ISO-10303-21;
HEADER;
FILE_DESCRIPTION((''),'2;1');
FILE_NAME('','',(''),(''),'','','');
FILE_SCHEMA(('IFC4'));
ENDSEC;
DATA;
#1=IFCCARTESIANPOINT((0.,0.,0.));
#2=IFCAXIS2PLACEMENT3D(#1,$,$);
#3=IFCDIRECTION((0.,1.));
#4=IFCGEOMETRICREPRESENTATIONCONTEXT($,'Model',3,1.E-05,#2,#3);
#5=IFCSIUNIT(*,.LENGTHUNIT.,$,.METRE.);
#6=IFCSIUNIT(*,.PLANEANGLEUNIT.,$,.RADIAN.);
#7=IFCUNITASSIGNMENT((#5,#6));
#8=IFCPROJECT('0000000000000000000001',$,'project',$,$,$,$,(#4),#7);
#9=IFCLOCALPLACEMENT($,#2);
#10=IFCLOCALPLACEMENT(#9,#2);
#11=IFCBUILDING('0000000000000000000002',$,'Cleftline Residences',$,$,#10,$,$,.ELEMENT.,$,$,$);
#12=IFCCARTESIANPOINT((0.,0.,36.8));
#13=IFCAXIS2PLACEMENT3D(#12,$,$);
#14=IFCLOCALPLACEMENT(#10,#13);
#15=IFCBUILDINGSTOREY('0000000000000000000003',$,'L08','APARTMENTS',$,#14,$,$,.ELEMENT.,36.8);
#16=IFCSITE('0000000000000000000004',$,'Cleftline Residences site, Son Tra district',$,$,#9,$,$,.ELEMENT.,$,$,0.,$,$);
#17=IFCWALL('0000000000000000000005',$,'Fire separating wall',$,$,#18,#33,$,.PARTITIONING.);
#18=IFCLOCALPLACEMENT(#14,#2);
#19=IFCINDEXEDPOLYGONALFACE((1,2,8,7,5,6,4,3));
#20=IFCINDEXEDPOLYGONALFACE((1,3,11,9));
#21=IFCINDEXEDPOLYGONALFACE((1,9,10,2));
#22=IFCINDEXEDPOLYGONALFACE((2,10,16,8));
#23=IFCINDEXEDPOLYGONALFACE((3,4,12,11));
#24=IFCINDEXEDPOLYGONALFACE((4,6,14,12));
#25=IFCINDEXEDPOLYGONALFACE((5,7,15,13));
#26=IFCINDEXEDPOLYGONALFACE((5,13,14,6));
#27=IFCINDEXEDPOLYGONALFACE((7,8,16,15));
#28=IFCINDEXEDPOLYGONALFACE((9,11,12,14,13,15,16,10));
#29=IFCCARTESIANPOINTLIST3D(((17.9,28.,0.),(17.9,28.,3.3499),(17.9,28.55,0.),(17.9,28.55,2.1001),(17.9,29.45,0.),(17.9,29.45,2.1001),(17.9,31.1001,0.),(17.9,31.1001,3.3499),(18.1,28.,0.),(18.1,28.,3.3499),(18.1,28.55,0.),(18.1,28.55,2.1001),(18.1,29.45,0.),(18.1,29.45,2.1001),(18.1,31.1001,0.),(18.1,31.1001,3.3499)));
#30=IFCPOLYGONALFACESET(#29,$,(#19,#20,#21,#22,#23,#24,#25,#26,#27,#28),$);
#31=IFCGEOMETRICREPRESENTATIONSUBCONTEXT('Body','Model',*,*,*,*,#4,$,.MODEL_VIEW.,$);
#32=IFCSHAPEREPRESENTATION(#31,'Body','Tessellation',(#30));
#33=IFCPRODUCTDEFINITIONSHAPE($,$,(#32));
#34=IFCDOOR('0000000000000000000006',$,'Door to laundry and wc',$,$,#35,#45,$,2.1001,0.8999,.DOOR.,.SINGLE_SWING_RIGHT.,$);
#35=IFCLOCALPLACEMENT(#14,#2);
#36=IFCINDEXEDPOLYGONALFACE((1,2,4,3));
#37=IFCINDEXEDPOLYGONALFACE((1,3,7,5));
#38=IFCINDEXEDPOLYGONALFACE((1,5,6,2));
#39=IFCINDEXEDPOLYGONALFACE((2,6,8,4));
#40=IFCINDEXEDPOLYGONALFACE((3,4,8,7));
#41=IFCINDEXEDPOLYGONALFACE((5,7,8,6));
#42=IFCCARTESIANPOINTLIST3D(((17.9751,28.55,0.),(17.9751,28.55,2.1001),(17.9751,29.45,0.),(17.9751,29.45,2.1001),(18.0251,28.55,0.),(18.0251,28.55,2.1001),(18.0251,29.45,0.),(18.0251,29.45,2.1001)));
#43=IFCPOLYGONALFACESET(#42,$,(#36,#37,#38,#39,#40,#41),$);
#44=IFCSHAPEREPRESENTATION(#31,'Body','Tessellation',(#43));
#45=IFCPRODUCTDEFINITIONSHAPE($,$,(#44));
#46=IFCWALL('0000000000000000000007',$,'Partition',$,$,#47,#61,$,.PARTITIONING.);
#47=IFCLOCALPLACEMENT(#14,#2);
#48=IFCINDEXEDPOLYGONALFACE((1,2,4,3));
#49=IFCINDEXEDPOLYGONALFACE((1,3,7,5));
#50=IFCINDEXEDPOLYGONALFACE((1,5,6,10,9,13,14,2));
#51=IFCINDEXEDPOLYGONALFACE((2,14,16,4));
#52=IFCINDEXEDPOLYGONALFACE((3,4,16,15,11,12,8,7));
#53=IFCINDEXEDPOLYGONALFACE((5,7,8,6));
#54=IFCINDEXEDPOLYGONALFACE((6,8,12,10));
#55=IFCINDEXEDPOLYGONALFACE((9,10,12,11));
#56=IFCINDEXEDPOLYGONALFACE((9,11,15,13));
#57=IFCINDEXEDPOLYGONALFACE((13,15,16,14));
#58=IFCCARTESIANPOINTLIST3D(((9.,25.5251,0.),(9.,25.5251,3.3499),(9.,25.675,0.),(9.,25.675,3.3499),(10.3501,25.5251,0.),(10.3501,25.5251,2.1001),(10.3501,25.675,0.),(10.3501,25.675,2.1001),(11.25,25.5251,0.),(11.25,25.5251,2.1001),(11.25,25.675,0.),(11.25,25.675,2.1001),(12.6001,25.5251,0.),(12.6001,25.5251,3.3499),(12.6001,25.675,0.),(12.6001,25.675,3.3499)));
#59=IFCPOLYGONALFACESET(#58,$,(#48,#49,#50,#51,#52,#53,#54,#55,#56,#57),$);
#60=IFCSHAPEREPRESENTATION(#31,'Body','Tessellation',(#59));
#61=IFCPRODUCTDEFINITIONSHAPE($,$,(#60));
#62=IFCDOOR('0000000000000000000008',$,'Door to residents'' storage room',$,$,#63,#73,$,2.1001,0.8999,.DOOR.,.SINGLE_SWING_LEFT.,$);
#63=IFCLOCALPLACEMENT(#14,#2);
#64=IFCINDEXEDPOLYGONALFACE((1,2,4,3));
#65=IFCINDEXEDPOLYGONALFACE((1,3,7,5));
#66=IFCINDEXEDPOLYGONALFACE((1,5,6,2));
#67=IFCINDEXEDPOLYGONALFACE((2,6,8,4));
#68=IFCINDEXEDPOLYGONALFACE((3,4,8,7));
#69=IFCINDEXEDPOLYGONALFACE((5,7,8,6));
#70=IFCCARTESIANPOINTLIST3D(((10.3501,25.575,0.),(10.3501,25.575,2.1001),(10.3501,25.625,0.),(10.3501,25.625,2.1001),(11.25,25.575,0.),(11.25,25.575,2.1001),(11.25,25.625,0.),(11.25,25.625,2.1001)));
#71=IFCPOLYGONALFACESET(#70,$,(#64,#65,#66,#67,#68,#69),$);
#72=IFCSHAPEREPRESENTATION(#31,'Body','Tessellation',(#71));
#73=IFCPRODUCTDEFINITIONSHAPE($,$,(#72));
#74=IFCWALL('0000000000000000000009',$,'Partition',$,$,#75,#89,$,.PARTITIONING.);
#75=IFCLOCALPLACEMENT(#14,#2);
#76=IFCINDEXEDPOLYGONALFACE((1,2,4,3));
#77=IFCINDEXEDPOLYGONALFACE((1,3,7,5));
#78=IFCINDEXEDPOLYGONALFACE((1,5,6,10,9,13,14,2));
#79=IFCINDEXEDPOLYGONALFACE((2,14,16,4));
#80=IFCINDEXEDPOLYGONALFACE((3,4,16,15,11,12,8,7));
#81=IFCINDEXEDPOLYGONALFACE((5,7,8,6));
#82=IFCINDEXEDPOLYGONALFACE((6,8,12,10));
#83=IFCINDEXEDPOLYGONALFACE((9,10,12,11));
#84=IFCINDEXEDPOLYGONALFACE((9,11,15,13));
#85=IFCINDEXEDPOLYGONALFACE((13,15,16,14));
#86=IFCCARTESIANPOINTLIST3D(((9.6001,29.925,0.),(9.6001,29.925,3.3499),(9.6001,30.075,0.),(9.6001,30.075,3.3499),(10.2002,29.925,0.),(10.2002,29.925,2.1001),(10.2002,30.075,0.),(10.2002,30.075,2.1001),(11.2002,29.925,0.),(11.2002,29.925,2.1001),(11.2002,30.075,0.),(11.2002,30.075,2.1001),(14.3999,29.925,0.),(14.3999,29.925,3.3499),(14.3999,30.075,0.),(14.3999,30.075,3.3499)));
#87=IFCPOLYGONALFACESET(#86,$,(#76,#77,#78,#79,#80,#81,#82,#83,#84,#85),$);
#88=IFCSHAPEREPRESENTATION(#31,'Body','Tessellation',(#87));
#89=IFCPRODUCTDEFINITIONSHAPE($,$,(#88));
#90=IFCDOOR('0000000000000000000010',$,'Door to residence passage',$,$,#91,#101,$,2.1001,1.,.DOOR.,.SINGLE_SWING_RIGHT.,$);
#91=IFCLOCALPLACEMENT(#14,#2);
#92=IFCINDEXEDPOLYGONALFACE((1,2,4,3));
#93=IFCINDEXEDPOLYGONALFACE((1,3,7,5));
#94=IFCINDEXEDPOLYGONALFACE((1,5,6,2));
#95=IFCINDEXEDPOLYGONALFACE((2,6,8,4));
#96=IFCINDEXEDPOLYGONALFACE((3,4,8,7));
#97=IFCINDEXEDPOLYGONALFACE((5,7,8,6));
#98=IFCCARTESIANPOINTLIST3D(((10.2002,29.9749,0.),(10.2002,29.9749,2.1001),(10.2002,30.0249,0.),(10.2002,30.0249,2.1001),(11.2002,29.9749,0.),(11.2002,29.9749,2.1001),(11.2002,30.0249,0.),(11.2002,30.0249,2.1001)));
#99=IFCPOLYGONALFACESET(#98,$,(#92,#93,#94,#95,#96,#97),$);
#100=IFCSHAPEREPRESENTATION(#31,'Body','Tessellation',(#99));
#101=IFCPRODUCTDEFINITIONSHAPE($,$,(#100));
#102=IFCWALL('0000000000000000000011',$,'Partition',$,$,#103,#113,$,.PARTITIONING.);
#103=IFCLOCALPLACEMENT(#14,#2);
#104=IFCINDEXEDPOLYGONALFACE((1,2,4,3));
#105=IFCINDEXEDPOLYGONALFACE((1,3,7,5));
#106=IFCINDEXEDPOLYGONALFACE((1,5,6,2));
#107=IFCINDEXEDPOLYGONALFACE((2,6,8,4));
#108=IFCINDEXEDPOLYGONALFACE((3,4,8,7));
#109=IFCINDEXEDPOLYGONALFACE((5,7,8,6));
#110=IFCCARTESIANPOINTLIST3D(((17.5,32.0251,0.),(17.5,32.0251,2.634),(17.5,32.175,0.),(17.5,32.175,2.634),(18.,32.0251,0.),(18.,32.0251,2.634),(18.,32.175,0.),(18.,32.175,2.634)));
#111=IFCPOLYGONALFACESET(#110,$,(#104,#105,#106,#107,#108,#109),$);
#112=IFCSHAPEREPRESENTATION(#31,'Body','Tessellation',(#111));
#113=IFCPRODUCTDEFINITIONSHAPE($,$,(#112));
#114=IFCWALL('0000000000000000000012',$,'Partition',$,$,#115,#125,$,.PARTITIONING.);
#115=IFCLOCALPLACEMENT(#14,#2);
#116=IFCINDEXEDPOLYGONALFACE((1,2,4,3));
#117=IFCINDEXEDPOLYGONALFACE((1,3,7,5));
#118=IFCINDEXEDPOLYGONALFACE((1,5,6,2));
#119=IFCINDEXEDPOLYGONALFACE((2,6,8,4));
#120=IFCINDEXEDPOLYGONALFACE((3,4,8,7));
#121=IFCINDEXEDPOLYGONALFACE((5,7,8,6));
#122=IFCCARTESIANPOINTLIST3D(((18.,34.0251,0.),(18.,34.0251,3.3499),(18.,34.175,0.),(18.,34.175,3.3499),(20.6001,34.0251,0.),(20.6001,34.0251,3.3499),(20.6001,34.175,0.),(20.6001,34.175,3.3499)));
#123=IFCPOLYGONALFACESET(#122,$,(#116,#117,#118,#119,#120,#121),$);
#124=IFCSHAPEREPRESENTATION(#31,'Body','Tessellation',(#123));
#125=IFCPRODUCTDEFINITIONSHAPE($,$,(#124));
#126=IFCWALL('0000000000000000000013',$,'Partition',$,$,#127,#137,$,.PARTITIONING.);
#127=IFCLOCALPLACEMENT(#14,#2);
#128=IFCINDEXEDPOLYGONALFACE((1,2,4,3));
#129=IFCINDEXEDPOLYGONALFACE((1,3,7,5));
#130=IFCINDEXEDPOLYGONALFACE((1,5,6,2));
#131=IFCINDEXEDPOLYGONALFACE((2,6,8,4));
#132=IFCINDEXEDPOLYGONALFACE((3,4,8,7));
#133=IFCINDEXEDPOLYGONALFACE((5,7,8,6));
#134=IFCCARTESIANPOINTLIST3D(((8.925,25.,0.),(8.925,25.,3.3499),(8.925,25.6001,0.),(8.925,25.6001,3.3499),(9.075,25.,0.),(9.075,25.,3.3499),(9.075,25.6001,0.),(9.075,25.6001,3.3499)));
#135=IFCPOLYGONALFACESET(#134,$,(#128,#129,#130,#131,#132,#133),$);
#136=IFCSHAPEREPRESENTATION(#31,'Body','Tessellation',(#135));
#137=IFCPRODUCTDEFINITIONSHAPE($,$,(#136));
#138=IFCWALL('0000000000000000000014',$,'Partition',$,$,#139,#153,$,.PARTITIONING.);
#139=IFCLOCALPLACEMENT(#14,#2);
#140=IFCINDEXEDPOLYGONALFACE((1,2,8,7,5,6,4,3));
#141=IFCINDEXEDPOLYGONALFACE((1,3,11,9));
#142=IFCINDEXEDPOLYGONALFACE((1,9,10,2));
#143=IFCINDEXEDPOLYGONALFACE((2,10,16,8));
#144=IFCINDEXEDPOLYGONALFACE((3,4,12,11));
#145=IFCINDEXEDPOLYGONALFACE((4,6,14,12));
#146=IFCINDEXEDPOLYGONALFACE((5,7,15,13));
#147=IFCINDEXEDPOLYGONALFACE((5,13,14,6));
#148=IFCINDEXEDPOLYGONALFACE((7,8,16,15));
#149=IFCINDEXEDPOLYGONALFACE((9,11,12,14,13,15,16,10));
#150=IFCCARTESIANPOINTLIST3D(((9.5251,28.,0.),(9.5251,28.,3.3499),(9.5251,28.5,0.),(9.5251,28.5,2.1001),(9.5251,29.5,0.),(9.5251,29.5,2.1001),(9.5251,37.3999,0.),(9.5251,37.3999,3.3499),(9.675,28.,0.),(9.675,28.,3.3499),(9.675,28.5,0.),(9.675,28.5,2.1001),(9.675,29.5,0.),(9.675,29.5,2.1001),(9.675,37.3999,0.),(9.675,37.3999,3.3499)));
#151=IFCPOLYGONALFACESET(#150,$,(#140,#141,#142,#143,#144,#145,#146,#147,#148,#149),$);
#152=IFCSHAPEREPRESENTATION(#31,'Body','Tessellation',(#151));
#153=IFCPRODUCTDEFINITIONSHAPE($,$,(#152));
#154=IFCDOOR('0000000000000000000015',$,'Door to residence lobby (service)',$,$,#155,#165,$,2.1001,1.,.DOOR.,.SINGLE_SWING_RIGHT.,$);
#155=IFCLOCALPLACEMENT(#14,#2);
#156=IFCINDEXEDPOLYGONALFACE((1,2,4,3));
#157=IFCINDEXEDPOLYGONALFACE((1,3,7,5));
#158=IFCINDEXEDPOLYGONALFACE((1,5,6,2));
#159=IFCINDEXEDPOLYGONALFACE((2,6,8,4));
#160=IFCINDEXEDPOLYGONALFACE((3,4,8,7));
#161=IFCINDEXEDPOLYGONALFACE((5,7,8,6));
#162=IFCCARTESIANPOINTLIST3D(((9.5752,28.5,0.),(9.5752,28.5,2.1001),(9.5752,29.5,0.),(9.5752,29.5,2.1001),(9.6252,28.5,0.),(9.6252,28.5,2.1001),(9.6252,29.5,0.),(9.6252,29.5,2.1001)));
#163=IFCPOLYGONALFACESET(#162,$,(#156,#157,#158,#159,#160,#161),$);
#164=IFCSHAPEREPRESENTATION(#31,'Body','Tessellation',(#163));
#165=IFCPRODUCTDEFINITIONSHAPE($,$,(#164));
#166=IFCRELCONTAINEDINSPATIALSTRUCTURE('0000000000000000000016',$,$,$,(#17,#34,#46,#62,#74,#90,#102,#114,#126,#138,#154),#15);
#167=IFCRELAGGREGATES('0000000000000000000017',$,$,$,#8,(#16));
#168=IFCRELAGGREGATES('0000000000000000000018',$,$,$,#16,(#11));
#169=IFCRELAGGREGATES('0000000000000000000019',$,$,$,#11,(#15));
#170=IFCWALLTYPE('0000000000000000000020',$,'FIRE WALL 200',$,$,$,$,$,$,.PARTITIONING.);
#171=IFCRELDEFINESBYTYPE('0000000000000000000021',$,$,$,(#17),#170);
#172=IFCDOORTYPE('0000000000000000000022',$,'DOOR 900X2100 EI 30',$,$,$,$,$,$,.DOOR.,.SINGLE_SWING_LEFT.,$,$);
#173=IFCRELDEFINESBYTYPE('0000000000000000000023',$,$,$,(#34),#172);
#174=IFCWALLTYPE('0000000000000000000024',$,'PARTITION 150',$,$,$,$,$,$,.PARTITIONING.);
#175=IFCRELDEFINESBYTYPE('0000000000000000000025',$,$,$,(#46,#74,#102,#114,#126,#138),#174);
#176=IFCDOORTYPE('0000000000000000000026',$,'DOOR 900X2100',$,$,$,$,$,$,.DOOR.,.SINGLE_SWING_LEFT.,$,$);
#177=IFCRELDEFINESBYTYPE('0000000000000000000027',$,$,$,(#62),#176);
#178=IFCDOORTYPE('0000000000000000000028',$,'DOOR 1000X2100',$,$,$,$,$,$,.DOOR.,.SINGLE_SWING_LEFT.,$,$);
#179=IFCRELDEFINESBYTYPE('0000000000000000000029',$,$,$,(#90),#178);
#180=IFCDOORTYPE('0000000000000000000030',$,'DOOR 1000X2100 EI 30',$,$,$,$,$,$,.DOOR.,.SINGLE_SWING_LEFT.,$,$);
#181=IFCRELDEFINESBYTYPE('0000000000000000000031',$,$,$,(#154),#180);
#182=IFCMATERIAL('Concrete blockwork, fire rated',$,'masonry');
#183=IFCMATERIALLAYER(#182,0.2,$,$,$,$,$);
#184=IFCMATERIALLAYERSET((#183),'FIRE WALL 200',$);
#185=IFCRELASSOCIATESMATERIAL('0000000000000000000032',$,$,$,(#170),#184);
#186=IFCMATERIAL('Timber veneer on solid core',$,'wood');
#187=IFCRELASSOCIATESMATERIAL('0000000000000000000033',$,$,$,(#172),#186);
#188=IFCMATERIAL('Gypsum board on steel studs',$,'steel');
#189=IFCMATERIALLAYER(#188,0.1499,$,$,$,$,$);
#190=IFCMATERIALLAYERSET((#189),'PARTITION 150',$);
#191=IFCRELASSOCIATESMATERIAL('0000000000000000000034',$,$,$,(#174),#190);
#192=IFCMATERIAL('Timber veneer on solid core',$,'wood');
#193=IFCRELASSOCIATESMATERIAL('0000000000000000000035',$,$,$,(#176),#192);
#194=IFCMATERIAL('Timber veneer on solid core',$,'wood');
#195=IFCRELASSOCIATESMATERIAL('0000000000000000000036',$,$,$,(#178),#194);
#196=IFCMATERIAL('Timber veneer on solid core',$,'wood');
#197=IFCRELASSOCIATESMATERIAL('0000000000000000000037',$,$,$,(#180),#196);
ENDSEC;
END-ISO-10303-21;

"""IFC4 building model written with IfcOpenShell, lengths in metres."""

from ifc_helpers import new_model, si_unit, direction, frame, frame_2d, origin, place, context, subcontext, project, spatial, rectangle, extrude, material, layer, layer_set, type_object, element, fill, save


model = new_model("IFC4")

# Units and contexts
model_context = context("Model", 3, precision=1e-05, world=origin(), true_north=direction((0.0, 1.0)))
body_context = subcontext(model_context, "Body", "Model", "MODEL_VIEW")
ifc_project = project(units=[si_unit("LENGTHUNIT", "METRE"), si_unit("PLANEANGLEUNIT", "RADIAN")], contexts=[model_context])

# Site, building, storey
site_placement = place(None, origin())
site = spatial("IfcSite", under=ifc_project, at=site_placement, Name="Cleftline Residences site, Son Tra district", CompositionType="ELEMENT", RefElevation=0.0)
building_placement = place(site_placement, origin())
building = spatial("IfcBuilding", under=site, at=building_placement, Name="Cleftline Residences", CompositionType="ELEMENT")
storey_placement = place(building_placement, frame((0.0, 0.0, 36.8)))
storey = spatial("IfcBuildingStorey", under=building, at=storey_placement, Name="L08", Description="APARTMENTS", CompositionType="ELEMENT", Elevation=36.8)

# Shared definitions
ifc_material_1 = material(Name="Concrete blockwork, fire rated", Category="masonry")
ifc_layer_1 = layer(ifc_material_1, 0.2)
ifc_layer_set_1 = layer_set([ifc_layer_1], Name="FIRE WALL 200")
wall_type_1 = type_object("IfcWallType", Name="FIRE WALL 200", PredefinedType="PARTITIONING", material=ifc_layer_set_1)

# Walls, openings, doors
wall_1_placement = place(storey_placement, frame((18.0, 28.0, 0.0), z_axis=(0.0, 0.0, 1.0), x_axis=(0.0, 1.0, 0.0)))
wall_1 = element("IfcWall", 1, at=wall_1_placement, inside=storey, type_object=wall_type_1, Name="Fire separating wall", PredefinedType="PARTITIONING", context=body_context, shape_type="SweptSolid", body=[
    extrude(rectangle(XDim=3.1001, YDim=0.2, at=frame_2d((1.55, 0.0))), origin(), (0.0, 0.0, 1.0), 3.3499),
])
opening_1_placement = place(wall_1_placement, frame((0.55, 0.0, 0.0)))
opening_1 = element("IfcOpeningElement", 2, at=opening_1_placement, cuts=wall_1, PredefinedType="OPENING", context=body_context, shape_type="SweptSolid", body=[
    extrude(rectangle(XDim=0.8999, YDim=2.1001, at=frame_2d((0.45, 1.05))), frame((0.0, 0.1099, 0.0), z_axis=(0.0, -1.0, 0.0), x_axis=(1.0, 0.0, 0.0)), (0.0, 0.0, 1.0), 0.22),
])
ifc_material_2 = material(Name="Timber veneer on solid core", Category="wood")
door_type_1 = type_object("IfcDoorType", Name="DOOR 900X2100 EI 30", OperationType="SINGLE_SWING_LEFT", PredefinedType="DOOR", material=ifc_material_2)
door_1_placement = place(opening_1_placement, origin())
door_1 = element("IfcDoor", 3, at=door_1_placement, inside=storey, type_object=door_type_1, Name="Door to laundry and wc", OperationType="SINGLE_SWING_RIGHT", OverallHeight=2.1001, OverallWidth=0.8999, PredefinedType="DOOR", context=body_context, shape_type="SweptSolid", body=[
    extrude(rectangle(XDim=0.8999, YDim=2.1001, at=frame_2d((0.45, 1.05))), frame((0.0, 0.0249, 0.0), z_axis=(0.0, -1.0, 0.0), x_axis=(1.0, 0.0, 0.0)), (0.0, 0.0, 1.0), 0.05),
])
fill(opening_1, door_1)
ifc_material_3 = material(Name="Gypsum board on steel studs", Category="steel")
ifc_layer_2 = layer(ifc_material_3, 0.1499)
ifc_layer_set_2 = layer_set([ifc_layer_2], Name="PARTITION 150")
wall_type_2 = type_object("IfcWallType", Name="PARTITION 150", PredefinedType="PARTITIONING", material=ifc_layer_set_2)
wall_2_placement = place(storey_placement, frame((9.0, 25.6001, 0.0), z_axis=(0.0, 0.0, 1.0), x_axis=(1.0, 0.0, 0.0)))
wall_2 = element("IfcWall", 4, at=wall_2_placement, inside=storey, type_object=wall_type_2, Name="Partition", PredefinedType="PARTITIONING", context=body_context, shape_type="SweptSolid", body=[
    extrude(rectangle(XDim=3.6001, YDim=0.1499, at=frame_2d((1.8, 0.0))), origin(), (0.0, 0.0, 1.0), 3.3499),
])
opening_2_placement = place(wall_2_placement, frame((1.3501, 0.0, 0.0)))
opening_2 = element("IfcOpeningElement", 5, at=opening_2_placement, cuts=wall_2, PredefinedType="OPENING", context=body_context, shape_type="SweptSolid", body=[
    extrude(rectangle(XDim=0.8999, YDim=2.1001, at=frame_2d((0.45, 1.05))), frame((0.0, 0.085, 0.0), z_axis=(0.0, -1.0, 0.0), x_axis=(1.0, 0.0, 0.0)), (0.0, 0.0, 1.0), 0.1699),
])
ifc_material_4 = material(Name="Timber veneer on solid core", Category="wood")
door_type_2 = type_object("IfcDoorType", Name="DOOR 900X2100", OperationType="SINGLE_SWING_LEFT", PredefinedType="DOOR", material=ifc_material_4)
door_2_placement = place(opening_2_placement, origin())
door_2 = element("IfcDoor", 6, at=door_2_placement, inside=storey, type_object=door_type_2, Name="Door to residents' storage room", OperationType="SINGLE_SWING_LEFT", OverallHeight=2.1001, OverallWidth=0.8999, PredefinedType="DOOR", context=body_context, shape_type="SweptSolid", body=[
    extrude(rectangle(XDim=0.8999, YDim=2.1001, at=frame_2d((0.45, 1.05))), frame((0.0, 0.0249, 0.0), z_axis=(0.0, -1.0, 0.0), x_axis=(1.0, 0.0, 0.0)), (0.0, 0.0, 1.0), 0.05),
])
fill(opening_2, door_2)
wall_3_placement = place(storey_placement, frame((9.6001, 30.0, 0.0), z_axis=(0.0, 0.0, 1.0), x_axis=(1.0, 0.0, 0.0)))
wall_3 = element("IfcWall", 7, at=wall_3_placement, inside=storey, type_object=wall_type_2, Name="Partition", PredefinedType="PARTITIONING", context=body_context, shape_type="SweptSolid", body=[
    extrude(rectangle(XDim=4.7998, YDim=0.1499, at=frame_2d((2.3999, 0.0))), origin(), (0.0, 0.0, 1.0), 3.3499),
])
opening_3_placement = place(wall_3_placement, frame((0.6001, 0.0, 0.0)))
opening_3 = element("IfcOpeningElement", 8, at=opening_3_placement, cuts=wall_3, PredefinedType="OPENING", context=body_context, shape_type="SweptSolid", body=[
    extrude(rectangle(XDim=1.0, YDim=2.1001, at=frame_2d((0.5, 1.05))), frame((0.0, 0.085, 0.0), z_axis=(0.0, -1.0, 0.0), x_axis=(1.0, 0.0, 0.0)), (0.0, 0.0, 1.0), 0.1699),
])
ifc_material_5 = material(Name="Timber veneer on solid core", Category="wood")
door_type_3 = type_object("IfcDoorType", Name="DOOR 1000X2100", OperationType="SINGLE_SWING_LEFT", PredefinedType="DOOR", material=ifc_material_5)
door_3_placement = place(opening_3_placement, origin())
door_3 = element("IfcDoor", 9, at=door_3_placement, inside=storey, type_object=door_type_3, Name="Door to residence passage", OperationType="SINGLE_SWING_RIGHT", OverallHeight=2.1001, OverallWidth=1.0, PredefinedType="DOOR", context=body_context, shape_type="SweptSolid", body=[
    extrude(rectangle(XDim=1.0, YDim=2.1001, at=frame_2d((0.5, 1.05))), frame((0.0, 0.0249, 0.0), z_axis=(0.0, -1.0, 0.0), x_axis=(1.0, 0.0, 0.0)), (0.0, 0.0, 1.0), 0.05),
])
fill(opening_3, door_3)

# Walls
wall_4_placement = place(storey_placement, frame((17.5, 32.1001, 0.0), z_axis=(0.0, 0.0, 1.0), x_axis=(1.0, 0.0, 0.0)))
element("IfcWall", 10, at=wall_4_placement, inside=storey, type_object=wall_type_2, Name="Partition", PredefinedType="PARTITIONING", context=body_context, shape_type="SweptSolid", body=[
    extrude(rectangle(XDim=0.5, YDim=0.1499, at=frame_2d((0.25, 0.0))), origin(), (0.0, 0.0, 1.0), 2.634),
])
wall_5_placement = place(storey_placement, frame((18.0, 34.1001, 0.0), z_axis=(0.0, 0.0, 1.0), x_axis=(1.0, 0.0, 0.0)))
element("IfcWall", 11, at=wall_5_placement, inside=storey, type_object=wall_type_2, Name="Partition", PredefinedType="PARTITIONING", context=body_context, shape_type="SweptSolid", body=[
    extrude(rectangle(XDim=2.6001, YDim=0.1499, at=frame_2d((1.3, 0.0))), origin(), (0.0, 0.0, 1.0), 3.3499),
])
wall_6_placement = place(storey_placement, frame((9.0, 25.0, 0.0), z_axis=(0.0, 0.0, 1.0), x_axis=(0.0, 1.0, 0.0)))
element("IfcWall", 12, at=wall_6_placement, inside=storey, type_object=wall_type_2, Name="Partition", PredefinedType="PARTITIONING", context=body_context, shape_type="SweptSolid", body=[
    extrude(rectangle(XDim=0.6001, YDim=0.1499, at=frame_2d((0.3, 0.0))), origin(), (0.0, 0.0, 1.0), 3.3499),
])

# Wall, opening, door
wall_7_placement = place(storey_placement, frame((9.6001, 28.0, 0.0), z_axis=(0.0, 0.0, 1.0), x_axis=(0.0, 1.0, 0.0)))
wall_7 = element("IfcWall", 13, at=wall_7_placement, inside=storey, type_object=wall_type_2, Name="Partition", PredefinedType="PARTITIONING", context=body_context, shape_type="SweptSolid", body=[
    extrude(rectangle(XDim=9.3999, YDim=0.1499, at=frame_2d((4.7, 0.0))), origin(), (0.0, 0.0, 1.0), 3.3499),
])
opening_4_placement = place(wall_7_placement, frame((0.5, 0.0, 0.0)))
opening_4 = element("IfcOpeningElement", 14, at=opening_4_placement, cuts=wall_7, PredefinedType="OPENING", context=body_context, shape_type="SweptSolid", body=[
    extrude(rectangle(XDim=1.0, YDim=2.1001, at=frame_2d((0.5, 1.05))), frame((0.0, 0.085, 0.0), z_axis=(0.0, -1.0, 0.0), x_axis=(1.0, 0.0, 0.0)), (0.0, 0.0, 1.0), 0.1699),
])
ifc_material_6 = material(Name="Timber veneer on solid core", Category="wood")
door_type_4 = type_object("IfcDoorType", Name="DOOR 1000X2100 EI 30", OperationType="SINGLE_SWING_LEFT", PredefinedType="DOOR", material=ifc_material_6)
door_4_placement = place(opening_4_placement, origin())
door_4 = element("IfcDoor", 15, at=door_4_placement, inside=storey, type_object=door_type_4, Name="Door to residence lobby (service)", OperationType="SINGLE_SWING_RIGHT", OverallHeight=2.1001, OverallWidth=1.0, PredefinedType="DOOR", context=body_context, shape_type="SweptSolid", body=[
    extrude(rectangle(XDim=1.0, YDim=2.1001, at=frame_2d((0.5, 1.05))), frame((0.0, 0.0249, 0.0), z_axis=(0.0, -1.0, 0.0), x_axis=(1.0, 0.0, 0.0)), (0.0, 0.0, 1.0), 0.05),
])
fill(opening_4, door_4)

save(model, "model.ifc")
